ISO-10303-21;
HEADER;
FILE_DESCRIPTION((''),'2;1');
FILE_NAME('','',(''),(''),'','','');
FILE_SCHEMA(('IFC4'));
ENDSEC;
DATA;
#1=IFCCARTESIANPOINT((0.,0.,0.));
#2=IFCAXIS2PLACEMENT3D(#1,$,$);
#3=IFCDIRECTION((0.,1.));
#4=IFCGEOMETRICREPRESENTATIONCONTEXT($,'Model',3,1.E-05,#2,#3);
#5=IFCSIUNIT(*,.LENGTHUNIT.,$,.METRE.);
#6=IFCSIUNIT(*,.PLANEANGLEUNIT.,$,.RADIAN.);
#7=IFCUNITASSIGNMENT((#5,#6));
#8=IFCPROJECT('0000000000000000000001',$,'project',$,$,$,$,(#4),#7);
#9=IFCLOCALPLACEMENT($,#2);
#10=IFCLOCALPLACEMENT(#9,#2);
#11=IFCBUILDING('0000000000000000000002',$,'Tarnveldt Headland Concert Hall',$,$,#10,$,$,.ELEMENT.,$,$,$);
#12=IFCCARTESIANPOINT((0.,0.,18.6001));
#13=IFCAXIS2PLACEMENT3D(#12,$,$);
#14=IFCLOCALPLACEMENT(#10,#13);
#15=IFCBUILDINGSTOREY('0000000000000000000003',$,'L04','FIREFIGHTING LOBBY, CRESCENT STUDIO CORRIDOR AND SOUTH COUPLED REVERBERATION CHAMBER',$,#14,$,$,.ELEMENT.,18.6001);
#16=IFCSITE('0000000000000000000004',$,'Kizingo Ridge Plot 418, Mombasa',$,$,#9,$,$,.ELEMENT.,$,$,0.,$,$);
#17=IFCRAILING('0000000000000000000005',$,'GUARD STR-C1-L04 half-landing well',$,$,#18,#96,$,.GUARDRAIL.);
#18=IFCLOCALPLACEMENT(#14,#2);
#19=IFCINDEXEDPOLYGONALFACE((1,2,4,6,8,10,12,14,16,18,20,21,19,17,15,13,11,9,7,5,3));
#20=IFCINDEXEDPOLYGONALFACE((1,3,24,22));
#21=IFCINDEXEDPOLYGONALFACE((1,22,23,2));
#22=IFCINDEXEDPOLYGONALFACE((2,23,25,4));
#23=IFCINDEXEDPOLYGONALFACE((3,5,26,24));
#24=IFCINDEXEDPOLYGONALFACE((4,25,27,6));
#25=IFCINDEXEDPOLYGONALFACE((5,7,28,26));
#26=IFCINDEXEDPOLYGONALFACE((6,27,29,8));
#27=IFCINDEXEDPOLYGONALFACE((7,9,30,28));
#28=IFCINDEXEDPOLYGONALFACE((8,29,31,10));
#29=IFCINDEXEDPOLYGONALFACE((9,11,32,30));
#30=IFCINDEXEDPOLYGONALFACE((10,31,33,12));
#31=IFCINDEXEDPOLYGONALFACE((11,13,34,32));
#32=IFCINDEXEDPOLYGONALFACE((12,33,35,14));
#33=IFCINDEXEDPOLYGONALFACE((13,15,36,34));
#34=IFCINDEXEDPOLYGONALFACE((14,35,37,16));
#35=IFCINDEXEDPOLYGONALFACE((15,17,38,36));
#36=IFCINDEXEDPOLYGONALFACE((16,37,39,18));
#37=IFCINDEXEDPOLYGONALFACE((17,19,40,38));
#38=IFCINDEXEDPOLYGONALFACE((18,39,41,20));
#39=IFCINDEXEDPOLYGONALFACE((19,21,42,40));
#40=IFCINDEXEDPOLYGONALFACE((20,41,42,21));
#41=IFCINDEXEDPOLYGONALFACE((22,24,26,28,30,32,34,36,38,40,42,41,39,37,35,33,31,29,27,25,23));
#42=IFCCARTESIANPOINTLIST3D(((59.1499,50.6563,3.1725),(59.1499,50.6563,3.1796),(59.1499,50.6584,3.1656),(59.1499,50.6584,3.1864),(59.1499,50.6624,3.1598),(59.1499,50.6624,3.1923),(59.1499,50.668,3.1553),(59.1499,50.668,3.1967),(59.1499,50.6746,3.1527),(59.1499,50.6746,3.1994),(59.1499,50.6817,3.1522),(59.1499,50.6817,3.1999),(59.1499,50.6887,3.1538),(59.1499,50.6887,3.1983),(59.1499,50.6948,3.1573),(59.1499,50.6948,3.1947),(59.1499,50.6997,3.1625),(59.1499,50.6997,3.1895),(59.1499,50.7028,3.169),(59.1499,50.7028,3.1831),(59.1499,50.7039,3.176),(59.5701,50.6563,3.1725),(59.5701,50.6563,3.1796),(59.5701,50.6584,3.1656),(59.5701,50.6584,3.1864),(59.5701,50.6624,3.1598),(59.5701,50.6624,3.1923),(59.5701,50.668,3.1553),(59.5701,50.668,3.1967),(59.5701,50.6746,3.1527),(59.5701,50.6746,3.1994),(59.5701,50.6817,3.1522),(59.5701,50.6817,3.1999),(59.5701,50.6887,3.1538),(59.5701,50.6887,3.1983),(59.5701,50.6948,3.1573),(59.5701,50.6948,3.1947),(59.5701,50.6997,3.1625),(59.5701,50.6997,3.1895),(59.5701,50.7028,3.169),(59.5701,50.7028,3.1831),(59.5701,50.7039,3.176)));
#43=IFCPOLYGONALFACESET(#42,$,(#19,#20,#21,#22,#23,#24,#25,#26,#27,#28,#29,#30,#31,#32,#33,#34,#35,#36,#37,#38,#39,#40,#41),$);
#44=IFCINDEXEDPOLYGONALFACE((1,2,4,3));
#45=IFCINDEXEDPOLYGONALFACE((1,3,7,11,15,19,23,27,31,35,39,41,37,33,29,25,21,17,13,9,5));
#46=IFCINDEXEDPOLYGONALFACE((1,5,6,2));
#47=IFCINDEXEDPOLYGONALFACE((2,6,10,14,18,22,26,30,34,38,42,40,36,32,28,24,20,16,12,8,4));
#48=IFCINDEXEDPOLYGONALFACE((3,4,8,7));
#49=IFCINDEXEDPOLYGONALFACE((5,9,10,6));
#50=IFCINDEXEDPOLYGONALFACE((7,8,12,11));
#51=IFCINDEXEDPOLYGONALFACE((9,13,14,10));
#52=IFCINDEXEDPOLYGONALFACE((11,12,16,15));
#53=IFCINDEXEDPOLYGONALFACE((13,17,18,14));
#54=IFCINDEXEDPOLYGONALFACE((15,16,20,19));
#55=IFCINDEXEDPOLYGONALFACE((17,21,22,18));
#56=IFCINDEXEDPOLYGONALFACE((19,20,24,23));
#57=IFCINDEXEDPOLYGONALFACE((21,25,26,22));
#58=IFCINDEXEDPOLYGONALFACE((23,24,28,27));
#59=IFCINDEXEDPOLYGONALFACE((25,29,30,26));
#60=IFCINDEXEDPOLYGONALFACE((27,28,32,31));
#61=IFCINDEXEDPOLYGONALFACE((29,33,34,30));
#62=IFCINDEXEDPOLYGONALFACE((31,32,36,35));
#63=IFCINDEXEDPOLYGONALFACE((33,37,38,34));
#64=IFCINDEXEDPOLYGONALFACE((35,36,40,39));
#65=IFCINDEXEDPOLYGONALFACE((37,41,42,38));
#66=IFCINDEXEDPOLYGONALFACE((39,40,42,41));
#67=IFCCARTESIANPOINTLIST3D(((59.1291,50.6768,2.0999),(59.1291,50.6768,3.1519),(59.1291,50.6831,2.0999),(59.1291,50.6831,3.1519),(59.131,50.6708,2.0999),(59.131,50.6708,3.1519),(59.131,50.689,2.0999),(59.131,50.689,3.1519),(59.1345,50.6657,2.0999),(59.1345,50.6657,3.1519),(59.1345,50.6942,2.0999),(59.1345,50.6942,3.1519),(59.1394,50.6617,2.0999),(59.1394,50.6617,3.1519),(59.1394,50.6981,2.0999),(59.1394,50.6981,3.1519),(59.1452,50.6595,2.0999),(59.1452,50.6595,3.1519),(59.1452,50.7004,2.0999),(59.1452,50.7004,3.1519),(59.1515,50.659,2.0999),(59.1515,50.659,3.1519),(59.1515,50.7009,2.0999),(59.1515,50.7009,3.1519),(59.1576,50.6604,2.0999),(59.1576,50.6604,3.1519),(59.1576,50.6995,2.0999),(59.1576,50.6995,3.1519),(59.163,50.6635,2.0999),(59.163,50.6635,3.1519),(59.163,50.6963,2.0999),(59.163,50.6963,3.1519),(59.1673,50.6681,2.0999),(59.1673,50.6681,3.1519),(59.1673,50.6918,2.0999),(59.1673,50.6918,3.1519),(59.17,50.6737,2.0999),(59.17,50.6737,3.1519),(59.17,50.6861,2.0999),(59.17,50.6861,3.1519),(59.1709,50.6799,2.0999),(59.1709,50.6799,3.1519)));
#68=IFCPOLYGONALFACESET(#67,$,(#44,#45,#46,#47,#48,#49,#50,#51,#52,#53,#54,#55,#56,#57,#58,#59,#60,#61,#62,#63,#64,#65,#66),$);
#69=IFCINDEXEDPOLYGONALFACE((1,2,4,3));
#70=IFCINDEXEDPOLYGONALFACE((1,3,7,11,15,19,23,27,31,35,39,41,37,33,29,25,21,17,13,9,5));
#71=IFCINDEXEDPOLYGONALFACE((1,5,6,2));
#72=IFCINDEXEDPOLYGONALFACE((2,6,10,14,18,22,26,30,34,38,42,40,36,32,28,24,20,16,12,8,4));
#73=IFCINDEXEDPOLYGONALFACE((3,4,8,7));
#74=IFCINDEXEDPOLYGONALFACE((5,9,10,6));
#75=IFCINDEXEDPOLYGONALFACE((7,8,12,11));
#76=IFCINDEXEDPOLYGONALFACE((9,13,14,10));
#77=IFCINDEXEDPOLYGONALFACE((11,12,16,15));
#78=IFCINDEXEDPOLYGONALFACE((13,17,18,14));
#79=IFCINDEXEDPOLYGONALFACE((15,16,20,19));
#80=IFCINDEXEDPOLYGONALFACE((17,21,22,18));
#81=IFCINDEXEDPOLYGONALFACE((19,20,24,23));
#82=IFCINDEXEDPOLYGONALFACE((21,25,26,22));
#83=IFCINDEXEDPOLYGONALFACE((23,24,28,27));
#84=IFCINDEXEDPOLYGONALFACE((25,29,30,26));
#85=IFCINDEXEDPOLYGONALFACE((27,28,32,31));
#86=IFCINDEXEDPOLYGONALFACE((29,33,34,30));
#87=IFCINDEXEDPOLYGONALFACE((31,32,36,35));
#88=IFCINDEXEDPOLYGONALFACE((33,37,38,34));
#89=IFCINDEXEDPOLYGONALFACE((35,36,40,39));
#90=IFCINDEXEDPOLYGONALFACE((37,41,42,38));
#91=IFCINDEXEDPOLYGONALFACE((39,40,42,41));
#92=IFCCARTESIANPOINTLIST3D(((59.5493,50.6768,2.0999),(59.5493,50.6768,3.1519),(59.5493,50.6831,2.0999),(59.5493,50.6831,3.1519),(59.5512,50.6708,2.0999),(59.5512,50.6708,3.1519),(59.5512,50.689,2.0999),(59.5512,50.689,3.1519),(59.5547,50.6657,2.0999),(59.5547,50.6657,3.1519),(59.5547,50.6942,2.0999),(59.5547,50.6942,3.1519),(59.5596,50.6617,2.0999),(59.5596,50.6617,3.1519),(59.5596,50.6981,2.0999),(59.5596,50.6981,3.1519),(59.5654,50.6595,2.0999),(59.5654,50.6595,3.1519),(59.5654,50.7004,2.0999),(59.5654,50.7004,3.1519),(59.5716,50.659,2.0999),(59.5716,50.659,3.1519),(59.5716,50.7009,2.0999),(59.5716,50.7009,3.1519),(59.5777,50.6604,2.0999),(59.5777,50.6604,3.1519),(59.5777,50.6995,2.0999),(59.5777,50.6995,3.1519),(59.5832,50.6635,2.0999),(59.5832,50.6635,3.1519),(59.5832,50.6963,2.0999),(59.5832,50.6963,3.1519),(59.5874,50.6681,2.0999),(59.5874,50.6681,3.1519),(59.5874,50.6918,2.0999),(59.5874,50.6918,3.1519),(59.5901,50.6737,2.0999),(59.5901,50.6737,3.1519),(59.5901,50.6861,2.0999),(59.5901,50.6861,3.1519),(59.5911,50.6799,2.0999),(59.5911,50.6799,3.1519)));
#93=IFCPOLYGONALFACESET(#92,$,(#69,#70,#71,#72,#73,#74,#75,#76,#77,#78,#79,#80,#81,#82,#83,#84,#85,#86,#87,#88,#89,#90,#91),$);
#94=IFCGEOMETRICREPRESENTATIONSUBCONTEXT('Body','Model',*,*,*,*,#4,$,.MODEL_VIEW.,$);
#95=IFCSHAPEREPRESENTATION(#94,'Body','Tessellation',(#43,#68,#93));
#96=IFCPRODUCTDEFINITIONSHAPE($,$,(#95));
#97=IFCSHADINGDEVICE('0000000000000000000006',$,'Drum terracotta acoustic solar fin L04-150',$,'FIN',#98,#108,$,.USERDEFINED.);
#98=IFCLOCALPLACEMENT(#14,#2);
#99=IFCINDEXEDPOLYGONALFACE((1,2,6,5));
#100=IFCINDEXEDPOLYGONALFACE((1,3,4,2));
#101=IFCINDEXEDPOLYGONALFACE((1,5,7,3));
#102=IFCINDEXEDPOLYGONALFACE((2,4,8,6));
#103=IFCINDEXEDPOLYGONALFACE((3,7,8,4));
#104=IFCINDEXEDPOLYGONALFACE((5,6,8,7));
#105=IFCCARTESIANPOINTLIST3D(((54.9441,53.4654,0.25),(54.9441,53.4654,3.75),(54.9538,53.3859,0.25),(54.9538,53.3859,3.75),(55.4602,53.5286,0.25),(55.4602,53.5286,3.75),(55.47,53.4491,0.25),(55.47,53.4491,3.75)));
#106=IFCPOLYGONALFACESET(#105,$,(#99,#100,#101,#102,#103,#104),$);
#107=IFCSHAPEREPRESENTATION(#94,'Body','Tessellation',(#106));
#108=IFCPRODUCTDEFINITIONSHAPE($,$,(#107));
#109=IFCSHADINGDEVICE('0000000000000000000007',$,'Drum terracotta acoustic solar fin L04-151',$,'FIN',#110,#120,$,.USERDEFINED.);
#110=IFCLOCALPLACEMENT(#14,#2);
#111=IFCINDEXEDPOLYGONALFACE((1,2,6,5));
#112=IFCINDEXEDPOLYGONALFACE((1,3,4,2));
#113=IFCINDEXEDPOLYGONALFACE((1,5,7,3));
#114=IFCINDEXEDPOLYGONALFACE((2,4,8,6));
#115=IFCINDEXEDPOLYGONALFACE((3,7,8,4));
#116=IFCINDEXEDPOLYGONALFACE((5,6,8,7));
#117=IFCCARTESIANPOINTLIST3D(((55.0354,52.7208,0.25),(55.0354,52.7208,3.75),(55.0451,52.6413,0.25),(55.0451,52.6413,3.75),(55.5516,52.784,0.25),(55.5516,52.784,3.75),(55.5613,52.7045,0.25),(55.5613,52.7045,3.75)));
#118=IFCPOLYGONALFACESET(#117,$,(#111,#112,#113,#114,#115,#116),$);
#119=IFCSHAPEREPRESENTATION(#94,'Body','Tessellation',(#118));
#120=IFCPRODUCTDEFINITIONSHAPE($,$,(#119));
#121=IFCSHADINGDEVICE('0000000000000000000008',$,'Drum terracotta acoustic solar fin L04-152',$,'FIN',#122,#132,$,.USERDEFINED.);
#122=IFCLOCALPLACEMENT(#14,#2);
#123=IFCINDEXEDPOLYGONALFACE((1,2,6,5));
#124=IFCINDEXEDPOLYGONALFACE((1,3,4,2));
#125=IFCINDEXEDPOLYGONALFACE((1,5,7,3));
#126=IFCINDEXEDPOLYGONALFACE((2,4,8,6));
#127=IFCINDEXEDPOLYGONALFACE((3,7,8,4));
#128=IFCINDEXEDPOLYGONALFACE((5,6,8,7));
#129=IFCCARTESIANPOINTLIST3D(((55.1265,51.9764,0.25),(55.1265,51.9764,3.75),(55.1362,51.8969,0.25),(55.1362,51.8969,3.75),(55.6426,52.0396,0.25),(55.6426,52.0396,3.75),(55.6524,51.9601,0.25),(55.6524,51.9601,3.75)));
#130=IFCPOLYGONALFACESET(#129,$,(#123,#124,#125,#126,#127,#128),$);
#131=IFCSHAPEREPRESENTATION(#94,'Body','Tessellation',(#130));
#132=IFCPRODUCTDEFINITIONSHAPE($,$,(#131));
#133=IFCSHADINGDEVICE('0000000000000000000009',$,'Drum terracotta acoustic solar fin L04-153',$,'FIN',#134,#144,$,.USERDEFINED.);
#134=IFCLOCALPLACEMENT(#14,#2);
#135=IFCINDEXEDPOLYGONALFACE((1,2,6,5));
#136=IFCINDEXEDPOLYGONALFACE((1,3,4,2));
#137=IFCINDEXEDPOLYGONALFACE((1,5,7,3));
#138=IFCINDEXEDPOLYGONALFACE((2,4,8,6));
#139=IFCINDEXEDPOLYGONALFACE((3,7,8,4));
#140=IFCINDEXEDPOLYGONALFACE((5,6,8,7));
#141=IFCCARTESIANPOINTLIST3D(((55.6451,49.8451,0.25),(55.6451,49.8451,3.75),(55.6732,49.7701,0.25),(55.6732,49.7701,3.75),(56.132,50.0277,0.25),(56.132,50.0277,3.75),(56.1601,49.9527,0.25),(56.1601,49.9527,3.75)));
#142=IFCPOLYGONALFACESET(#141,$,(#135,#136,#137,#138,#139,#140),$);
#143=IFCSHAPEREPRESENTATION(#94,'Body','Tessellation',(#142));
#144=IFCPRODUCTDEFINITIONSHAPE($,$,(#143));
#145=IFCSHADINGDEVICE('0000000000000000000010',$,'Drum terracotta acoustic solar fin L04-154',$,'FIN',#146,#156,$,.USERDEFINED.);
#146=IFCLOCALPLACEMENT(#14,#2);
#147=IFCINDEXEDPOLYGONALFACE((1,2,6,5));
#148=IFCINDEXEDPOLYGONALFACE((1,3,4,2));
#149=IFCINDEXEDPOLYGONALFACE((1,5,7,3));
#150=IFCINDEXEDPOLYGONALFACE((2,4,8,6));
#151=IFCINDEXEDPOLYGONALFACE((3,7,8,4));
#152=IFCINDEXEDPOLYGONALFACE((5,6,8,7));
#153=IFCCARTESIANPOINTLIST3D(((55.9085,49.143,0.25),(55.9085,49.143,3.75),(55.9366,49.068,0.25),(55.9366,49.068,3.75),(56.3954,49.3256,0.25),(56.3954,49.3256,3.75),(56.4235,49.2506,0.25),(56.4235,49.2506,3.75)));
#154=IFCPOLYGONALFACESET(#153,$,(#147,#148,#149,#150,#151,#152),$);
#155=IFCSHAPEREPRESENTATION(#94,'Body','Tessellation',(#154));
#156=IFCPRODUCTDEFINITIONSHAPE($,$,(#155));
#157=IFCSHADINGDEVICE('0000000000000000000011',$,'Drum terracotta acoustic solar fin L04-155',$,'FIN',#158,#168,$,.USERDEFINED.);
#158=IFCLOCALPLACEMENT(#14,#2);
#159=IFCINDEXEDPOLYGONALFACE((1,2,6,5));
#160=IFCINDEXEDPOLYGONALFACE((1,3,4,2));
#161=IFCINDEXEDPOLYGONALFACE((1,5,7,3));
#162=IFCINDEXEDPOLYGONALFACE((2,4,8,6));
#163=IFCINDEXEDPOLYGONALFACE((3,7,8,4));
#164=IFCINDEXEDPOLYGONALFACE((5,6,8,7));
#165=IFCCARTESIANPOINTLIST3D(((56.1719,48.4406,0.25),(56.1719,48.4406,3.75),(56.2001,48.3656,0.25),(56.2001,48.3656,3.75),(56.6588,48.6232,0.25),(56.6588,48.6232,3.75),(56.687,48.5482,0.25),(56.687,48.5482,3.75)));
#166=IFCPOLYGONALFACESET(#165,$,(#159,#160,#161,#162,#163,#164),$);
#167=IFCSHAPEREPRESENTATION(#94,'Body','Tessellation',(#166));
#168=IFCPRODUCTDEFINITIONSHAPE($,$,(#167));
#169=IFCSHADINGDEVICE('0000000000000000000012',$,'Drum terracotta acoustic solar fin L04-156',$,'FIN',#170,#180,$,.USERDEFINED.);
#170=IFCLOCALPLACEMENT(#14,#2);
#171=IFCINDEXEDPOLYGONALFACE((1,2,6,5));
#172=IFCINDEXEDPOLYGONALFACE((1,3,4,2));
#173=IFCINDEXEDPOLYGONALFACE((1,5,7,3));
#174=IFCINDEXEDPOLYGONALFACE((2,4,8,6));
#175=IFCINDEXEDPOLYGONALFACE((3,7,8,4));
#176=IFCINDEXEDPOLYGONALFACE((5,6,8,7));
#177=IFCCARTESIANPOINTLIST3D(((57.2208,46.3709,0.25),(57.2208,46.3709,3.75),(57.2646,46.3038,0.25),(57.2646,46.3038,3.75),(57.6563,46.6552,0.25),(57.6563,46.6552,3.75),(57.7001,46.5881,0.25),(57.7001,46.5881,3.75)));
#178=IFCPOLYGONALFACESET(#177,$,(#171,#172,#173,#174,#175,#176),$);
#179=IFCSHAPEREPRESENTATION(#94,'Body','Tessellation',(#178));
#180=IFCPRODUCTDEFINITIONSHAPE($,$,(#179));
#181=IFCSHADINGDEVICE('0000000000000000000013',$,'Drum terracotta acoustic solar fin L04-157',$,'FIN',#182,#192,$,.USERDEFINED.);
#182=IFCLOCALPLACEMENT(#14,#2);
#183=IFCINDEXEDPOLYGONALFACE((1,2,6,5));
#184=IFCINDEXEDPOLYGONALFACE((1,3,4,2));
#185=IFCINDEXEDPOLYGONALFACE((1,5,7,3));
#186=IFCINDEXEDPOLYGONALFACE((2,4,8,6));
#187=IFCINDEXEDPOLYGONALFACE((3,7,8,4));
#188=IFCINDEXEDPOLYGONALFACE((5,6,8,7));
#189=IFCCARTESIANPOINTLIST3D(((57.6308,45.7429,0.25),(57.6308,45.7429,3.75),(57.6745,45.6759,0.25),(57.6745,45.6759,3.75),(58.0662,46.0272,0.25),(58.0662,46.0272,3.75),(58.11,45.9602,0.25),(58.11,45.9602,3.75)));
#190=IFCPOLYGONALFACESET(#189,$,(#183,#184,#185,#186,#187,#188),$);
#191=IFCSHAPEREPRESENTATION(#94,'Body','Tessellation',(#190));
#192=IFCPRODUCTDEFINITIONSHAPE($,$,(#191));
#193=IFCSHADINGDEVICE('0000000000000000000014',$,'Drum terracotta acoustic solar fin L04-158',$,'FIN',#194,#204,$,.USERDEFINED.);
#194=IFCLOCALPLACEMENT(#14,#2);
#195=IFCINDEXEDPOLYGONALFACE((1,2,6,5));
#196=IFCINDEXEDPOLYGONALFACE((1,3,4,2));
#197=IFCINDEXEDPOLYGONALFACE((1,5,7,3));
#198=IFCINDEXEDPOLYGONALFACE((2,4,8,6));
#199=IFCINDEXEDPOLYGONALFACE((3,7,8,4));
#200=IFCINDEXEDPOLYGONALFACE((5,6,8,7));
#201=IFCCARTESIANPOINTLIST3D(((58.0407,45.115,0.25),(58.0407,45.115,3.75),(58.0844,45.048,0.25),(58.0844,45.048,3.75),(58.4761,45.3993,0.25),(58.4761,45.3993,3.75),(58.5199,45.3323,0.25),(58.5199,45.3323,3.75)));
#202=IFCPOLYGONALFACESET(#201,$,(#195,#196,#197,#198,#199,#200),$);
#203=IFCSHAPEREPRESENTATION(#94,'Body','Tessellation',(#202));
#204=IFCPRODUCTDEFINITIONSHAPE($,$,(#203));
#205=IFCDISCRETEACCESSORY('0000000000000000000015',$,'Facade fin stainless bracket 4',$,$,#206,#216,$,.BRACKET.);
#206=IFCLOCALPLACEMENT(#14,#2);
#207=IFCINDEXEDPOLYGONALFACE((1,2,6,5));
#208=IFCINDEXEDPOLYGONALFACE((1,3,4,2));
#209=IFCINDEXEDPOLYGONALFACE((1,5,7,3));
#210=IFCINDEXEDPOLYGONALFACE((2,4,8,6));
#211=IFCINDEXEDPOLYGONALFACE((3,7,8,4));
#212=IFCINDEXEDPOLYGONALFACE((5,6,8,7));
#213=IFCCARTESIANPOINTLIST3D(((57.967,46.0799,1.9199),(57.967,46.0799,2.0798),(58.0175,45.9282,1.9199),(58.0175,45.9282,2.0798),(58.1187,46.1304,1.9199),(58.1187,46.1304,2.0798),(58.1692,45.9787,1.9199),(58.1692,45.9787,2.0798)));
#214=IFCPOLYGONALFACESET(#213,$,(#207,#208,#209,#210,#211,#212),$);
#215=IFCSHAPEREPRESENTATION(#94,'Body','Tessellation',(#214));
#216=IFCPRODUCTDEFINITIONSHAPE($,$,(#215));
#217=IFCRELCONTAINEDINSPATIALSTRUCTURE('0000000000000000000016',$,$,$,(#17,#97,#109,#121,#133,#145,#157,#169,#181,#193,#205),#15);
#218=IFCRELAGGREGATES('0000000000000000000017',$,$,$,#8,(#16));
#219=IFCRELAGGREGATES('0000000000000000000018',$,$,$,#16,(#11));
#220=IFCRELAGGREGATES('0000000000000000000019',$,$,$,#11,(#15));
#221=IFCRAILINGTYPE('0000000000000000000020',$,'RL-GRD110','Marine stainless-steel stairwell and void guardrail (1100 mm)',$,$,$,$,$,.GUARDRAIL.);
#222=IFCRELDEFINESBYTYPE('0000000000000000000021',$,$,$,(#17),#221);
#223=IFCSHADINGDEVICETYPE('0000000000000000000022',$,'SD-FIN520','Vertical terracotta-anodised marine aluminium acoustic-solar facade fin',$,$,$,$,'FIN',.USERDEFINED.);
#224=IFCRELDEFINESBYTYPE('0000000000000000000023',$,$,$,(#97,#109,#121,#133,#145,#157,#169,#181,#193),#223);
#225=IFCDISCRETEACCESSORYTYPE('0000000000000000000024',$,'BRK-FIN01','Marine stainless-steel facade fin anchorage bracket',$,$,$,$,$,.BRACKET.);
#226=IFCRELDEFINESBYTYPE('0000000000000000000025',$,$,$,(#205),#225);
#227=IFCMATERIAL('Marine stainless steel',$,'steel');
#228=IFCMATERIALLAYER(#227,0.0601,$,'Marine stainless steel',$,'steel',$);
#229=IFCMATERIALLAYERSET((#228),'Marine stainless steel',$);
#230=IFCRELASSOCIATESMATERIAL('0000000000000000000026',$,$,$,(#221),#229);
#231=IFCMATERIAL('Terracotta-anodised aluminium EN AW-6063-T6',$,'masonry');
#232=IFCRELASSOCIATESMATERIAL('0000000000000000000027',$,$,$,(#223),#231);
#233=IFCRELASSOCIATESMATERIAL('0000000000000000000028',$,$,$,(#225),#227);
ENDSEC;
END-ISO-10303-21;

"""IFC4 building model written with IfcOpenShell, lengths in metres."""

from ifc_helpers import new_model, si_unit, direction, frame, origin, origin_2d, place, context, subcontext, project, spatial, rectangle, circle, extrude, material, layer, layer_set, type_object, element, save


model = new_model("IFC4")

# Units and contexts
model_context = context("Model", 3, precision=1e-05, world=origin(), true_north=direction((0.0, 1.0)))
body_context = subcontext(model_context, "Body", "Model", "MODEL_VIEW")
ifc_project = project(units=[si_unit("LENGTHUNIT", "METRE"), si_unit("PLANEANGLEUNIT", "RADIAN")], contexts=[model_context])

# Site, building, storey
site_placement = place(None, origin())
site = spatial("IfcSite", under=ifc_project, at=site_placement, Name="Kizingo Ridge Plot 418, Mombasa", CompositionType="ELEMENT", RefElevation=0.0)
building_placement = place(site_placement, origin())
building = spatial("IfcBuilding", under=site, at=building_placement, Name="Tarnveldt Headland Concert Hall", CompositionType="ELEMENT")
storey_placement = place(building_placement, frame((0.0, 0.0, 18.6001)))
storey = spatial("IfcBuildingStorey", under=building, at=storey_placement, Name="L04", Description="FIREFIGHTING LOBBY, CRESCENT STUDIO CORRIDOR AND SOUTH COUPLED REVERBERATION CHAMBER", CompositionType="ELEMENT", Elevation=18.6001)

# Railing
ifc_material_1 = material(Name="Marine stainless steel", Category="steel")
ifc_layer_1 = layer(ifc_material_1, 0.0601, Name="Marine stainless steel", Category="steel")
ifc_layer_set_1 = layer_set([ifc_layer_1], Name="Marine stainless steel")
railing_type = type_object("IfcRailingType", Name="RL-GRD110", Description="Marine stainless-steel stairwell and void guardrail (1100 mm)", PredefinedType="GUARDRAIL", material=ifc_layer_set_1)
railing_placement = place(storey_placement, frame((59.1499, 50.6799, 2.0999)))
element("IfcRailing", 1, at=railing_placement, inside=storey, type_object=railing_type, Name="GUARD STR-C1-L04 half-landing well", PredefinedType="GUARDRAIL", context=body_context, shape_type="SweptSolid", body=[
    extrude(circle(Radius=0.0239, at=origin_2d()), frame((0.0, 0.0, 1.0762), z_axis=(1.0, 0.0, 0.0), x_axis=(0.0, 1.0, 0.0)), (0.0, 0.0, 1.0), 0.4202),
    extrude(circle(Radius=0.021, at=origin_2d()), origin(), (0.0, 0.0, 1.0), 1.052),
    extrude(circle(Radius=0.021, at=origin_2d()), frame((0.4202, 0.0, 0.0)), (0.0, 0.0, 1.0), 1.052),
])

# Shading devices
ifc_material_2 = material(Name="Terracotta-anodised aluminium EN AW-6063-T6", Category="masonry")
shading_device_type = type_object("IfcShadingDeviceType", Name="SD-FIN520", Description="Vertical terracotta-anodised marine aluminium acoustic-solar facade fin", ElementType="FIN", PredefinedType="USERDEFINED", material=ifc_material_2)
for number, where, z_axis, x_axis, name in (
    (2, (55.207, 53.4573, 0.25), (0.0, 0.0, 1.0), (-0.992589, -0.121523, 0.0), "Drum terracotta acoustic solar fin L04-150"),
    (3, (55.2983, 52.7126, 0.25), (0.0, 0.0, 1.0), (-0.992589, -0.121523, 0.0), "Drum terracotta acoustic solar fin L04-151"),
    (4, (55.3894, 51.9683, 0.25), (0.0, 0.0, 1.0), (-0.992589, -0.121523, 0.0), "Drum terracotta acoustic solar fin L04-152"),
    (5, (55.9026, 49.8989, 0.25), (0.0, 0.0, 1.0), (-0.936305, -0.351188, 0.0), "Drum terracotta acoustic solar fin L04-153"),
    (6, (56.166, 49.1968, 0.25), (0.0, 0.0, 1.0), (-0.936305, -0.351188, 0.0), "Drum terracotta acoustic solar fin L04-154"),
    (7, (56.4294, 48.4944, 0.25), (0.0, 0.0, 1.0), (-0.936305, -0.351188, 0.0), "Drum terracotta acoustic solar fin L04-155"),
    (8, (57.4604, 46.4795, 0.25), (0.0, 0.0, 1.0), (-0.837337, -0.546687, 0.0), "Drum terracotta acoustic solar fin L04-156"),
    (9, (57.8704, 45.8516, 0.25), (0.0, 0.0, 1.0), (-0.837337, -0.546687, 0.0), "Drum terracotta acoustic solar fin L04-157"),
    (10, (58.2803, 45.2236, 0.25), (0.0, 0.0, 1.0), (-0.837337, -0.546687, 0.0), "Drum terracotta acoustic solar fin L04-158"),
):
    element("IfcShadingDevice", number, at=place(storey_placement, frame(where, z_axis=z_axis, x_axis=x_axis)), inside=storey, type_object=shading_device_type, Name=name, ObjectType="FIN", PredefinedType="USERDEFINED", context=body_context, shape_type="SweptSolid", body=[
        extrude(rectangle(XDim=0.52, YDim=0.0801, at=origin_2d()), origin(), (0.0, 0.0, 1.0), 3.5),
    ])

# Discrete accessory
discrete_accessory_type = type_object("IfcDiscreteAccessoryType", Name="BRK-FIN01", Description="Marine stainless-steel facade fin anchorage bracket", PredefinedType="BRACKET", material=ifc_material_1)
discrete_accessory_placement = place(storey_placement, frame((58.0681, 46.0293, 1.9199), z_axis=(0.0, 0.0, 1.0), x_axis=(-0.948766, -0.31598, 0.0)))
element("IfcDiscreteAccessory", 11, at=discrete_accessory_placement, inside=storey, type_object=discrete_accessory_type, Name="Facade fin stainless bracket 4", PredefinedType="BRACKET", context=body_context, shape_type="SweptSolid", body=[
    extrude(rectangle(XDim=0.1599, YDim=0.1599, at=origin_2d()), origin(), (0.0, 0.0, 1.0), 0.1599),
])

save(model, "model.ifc")
